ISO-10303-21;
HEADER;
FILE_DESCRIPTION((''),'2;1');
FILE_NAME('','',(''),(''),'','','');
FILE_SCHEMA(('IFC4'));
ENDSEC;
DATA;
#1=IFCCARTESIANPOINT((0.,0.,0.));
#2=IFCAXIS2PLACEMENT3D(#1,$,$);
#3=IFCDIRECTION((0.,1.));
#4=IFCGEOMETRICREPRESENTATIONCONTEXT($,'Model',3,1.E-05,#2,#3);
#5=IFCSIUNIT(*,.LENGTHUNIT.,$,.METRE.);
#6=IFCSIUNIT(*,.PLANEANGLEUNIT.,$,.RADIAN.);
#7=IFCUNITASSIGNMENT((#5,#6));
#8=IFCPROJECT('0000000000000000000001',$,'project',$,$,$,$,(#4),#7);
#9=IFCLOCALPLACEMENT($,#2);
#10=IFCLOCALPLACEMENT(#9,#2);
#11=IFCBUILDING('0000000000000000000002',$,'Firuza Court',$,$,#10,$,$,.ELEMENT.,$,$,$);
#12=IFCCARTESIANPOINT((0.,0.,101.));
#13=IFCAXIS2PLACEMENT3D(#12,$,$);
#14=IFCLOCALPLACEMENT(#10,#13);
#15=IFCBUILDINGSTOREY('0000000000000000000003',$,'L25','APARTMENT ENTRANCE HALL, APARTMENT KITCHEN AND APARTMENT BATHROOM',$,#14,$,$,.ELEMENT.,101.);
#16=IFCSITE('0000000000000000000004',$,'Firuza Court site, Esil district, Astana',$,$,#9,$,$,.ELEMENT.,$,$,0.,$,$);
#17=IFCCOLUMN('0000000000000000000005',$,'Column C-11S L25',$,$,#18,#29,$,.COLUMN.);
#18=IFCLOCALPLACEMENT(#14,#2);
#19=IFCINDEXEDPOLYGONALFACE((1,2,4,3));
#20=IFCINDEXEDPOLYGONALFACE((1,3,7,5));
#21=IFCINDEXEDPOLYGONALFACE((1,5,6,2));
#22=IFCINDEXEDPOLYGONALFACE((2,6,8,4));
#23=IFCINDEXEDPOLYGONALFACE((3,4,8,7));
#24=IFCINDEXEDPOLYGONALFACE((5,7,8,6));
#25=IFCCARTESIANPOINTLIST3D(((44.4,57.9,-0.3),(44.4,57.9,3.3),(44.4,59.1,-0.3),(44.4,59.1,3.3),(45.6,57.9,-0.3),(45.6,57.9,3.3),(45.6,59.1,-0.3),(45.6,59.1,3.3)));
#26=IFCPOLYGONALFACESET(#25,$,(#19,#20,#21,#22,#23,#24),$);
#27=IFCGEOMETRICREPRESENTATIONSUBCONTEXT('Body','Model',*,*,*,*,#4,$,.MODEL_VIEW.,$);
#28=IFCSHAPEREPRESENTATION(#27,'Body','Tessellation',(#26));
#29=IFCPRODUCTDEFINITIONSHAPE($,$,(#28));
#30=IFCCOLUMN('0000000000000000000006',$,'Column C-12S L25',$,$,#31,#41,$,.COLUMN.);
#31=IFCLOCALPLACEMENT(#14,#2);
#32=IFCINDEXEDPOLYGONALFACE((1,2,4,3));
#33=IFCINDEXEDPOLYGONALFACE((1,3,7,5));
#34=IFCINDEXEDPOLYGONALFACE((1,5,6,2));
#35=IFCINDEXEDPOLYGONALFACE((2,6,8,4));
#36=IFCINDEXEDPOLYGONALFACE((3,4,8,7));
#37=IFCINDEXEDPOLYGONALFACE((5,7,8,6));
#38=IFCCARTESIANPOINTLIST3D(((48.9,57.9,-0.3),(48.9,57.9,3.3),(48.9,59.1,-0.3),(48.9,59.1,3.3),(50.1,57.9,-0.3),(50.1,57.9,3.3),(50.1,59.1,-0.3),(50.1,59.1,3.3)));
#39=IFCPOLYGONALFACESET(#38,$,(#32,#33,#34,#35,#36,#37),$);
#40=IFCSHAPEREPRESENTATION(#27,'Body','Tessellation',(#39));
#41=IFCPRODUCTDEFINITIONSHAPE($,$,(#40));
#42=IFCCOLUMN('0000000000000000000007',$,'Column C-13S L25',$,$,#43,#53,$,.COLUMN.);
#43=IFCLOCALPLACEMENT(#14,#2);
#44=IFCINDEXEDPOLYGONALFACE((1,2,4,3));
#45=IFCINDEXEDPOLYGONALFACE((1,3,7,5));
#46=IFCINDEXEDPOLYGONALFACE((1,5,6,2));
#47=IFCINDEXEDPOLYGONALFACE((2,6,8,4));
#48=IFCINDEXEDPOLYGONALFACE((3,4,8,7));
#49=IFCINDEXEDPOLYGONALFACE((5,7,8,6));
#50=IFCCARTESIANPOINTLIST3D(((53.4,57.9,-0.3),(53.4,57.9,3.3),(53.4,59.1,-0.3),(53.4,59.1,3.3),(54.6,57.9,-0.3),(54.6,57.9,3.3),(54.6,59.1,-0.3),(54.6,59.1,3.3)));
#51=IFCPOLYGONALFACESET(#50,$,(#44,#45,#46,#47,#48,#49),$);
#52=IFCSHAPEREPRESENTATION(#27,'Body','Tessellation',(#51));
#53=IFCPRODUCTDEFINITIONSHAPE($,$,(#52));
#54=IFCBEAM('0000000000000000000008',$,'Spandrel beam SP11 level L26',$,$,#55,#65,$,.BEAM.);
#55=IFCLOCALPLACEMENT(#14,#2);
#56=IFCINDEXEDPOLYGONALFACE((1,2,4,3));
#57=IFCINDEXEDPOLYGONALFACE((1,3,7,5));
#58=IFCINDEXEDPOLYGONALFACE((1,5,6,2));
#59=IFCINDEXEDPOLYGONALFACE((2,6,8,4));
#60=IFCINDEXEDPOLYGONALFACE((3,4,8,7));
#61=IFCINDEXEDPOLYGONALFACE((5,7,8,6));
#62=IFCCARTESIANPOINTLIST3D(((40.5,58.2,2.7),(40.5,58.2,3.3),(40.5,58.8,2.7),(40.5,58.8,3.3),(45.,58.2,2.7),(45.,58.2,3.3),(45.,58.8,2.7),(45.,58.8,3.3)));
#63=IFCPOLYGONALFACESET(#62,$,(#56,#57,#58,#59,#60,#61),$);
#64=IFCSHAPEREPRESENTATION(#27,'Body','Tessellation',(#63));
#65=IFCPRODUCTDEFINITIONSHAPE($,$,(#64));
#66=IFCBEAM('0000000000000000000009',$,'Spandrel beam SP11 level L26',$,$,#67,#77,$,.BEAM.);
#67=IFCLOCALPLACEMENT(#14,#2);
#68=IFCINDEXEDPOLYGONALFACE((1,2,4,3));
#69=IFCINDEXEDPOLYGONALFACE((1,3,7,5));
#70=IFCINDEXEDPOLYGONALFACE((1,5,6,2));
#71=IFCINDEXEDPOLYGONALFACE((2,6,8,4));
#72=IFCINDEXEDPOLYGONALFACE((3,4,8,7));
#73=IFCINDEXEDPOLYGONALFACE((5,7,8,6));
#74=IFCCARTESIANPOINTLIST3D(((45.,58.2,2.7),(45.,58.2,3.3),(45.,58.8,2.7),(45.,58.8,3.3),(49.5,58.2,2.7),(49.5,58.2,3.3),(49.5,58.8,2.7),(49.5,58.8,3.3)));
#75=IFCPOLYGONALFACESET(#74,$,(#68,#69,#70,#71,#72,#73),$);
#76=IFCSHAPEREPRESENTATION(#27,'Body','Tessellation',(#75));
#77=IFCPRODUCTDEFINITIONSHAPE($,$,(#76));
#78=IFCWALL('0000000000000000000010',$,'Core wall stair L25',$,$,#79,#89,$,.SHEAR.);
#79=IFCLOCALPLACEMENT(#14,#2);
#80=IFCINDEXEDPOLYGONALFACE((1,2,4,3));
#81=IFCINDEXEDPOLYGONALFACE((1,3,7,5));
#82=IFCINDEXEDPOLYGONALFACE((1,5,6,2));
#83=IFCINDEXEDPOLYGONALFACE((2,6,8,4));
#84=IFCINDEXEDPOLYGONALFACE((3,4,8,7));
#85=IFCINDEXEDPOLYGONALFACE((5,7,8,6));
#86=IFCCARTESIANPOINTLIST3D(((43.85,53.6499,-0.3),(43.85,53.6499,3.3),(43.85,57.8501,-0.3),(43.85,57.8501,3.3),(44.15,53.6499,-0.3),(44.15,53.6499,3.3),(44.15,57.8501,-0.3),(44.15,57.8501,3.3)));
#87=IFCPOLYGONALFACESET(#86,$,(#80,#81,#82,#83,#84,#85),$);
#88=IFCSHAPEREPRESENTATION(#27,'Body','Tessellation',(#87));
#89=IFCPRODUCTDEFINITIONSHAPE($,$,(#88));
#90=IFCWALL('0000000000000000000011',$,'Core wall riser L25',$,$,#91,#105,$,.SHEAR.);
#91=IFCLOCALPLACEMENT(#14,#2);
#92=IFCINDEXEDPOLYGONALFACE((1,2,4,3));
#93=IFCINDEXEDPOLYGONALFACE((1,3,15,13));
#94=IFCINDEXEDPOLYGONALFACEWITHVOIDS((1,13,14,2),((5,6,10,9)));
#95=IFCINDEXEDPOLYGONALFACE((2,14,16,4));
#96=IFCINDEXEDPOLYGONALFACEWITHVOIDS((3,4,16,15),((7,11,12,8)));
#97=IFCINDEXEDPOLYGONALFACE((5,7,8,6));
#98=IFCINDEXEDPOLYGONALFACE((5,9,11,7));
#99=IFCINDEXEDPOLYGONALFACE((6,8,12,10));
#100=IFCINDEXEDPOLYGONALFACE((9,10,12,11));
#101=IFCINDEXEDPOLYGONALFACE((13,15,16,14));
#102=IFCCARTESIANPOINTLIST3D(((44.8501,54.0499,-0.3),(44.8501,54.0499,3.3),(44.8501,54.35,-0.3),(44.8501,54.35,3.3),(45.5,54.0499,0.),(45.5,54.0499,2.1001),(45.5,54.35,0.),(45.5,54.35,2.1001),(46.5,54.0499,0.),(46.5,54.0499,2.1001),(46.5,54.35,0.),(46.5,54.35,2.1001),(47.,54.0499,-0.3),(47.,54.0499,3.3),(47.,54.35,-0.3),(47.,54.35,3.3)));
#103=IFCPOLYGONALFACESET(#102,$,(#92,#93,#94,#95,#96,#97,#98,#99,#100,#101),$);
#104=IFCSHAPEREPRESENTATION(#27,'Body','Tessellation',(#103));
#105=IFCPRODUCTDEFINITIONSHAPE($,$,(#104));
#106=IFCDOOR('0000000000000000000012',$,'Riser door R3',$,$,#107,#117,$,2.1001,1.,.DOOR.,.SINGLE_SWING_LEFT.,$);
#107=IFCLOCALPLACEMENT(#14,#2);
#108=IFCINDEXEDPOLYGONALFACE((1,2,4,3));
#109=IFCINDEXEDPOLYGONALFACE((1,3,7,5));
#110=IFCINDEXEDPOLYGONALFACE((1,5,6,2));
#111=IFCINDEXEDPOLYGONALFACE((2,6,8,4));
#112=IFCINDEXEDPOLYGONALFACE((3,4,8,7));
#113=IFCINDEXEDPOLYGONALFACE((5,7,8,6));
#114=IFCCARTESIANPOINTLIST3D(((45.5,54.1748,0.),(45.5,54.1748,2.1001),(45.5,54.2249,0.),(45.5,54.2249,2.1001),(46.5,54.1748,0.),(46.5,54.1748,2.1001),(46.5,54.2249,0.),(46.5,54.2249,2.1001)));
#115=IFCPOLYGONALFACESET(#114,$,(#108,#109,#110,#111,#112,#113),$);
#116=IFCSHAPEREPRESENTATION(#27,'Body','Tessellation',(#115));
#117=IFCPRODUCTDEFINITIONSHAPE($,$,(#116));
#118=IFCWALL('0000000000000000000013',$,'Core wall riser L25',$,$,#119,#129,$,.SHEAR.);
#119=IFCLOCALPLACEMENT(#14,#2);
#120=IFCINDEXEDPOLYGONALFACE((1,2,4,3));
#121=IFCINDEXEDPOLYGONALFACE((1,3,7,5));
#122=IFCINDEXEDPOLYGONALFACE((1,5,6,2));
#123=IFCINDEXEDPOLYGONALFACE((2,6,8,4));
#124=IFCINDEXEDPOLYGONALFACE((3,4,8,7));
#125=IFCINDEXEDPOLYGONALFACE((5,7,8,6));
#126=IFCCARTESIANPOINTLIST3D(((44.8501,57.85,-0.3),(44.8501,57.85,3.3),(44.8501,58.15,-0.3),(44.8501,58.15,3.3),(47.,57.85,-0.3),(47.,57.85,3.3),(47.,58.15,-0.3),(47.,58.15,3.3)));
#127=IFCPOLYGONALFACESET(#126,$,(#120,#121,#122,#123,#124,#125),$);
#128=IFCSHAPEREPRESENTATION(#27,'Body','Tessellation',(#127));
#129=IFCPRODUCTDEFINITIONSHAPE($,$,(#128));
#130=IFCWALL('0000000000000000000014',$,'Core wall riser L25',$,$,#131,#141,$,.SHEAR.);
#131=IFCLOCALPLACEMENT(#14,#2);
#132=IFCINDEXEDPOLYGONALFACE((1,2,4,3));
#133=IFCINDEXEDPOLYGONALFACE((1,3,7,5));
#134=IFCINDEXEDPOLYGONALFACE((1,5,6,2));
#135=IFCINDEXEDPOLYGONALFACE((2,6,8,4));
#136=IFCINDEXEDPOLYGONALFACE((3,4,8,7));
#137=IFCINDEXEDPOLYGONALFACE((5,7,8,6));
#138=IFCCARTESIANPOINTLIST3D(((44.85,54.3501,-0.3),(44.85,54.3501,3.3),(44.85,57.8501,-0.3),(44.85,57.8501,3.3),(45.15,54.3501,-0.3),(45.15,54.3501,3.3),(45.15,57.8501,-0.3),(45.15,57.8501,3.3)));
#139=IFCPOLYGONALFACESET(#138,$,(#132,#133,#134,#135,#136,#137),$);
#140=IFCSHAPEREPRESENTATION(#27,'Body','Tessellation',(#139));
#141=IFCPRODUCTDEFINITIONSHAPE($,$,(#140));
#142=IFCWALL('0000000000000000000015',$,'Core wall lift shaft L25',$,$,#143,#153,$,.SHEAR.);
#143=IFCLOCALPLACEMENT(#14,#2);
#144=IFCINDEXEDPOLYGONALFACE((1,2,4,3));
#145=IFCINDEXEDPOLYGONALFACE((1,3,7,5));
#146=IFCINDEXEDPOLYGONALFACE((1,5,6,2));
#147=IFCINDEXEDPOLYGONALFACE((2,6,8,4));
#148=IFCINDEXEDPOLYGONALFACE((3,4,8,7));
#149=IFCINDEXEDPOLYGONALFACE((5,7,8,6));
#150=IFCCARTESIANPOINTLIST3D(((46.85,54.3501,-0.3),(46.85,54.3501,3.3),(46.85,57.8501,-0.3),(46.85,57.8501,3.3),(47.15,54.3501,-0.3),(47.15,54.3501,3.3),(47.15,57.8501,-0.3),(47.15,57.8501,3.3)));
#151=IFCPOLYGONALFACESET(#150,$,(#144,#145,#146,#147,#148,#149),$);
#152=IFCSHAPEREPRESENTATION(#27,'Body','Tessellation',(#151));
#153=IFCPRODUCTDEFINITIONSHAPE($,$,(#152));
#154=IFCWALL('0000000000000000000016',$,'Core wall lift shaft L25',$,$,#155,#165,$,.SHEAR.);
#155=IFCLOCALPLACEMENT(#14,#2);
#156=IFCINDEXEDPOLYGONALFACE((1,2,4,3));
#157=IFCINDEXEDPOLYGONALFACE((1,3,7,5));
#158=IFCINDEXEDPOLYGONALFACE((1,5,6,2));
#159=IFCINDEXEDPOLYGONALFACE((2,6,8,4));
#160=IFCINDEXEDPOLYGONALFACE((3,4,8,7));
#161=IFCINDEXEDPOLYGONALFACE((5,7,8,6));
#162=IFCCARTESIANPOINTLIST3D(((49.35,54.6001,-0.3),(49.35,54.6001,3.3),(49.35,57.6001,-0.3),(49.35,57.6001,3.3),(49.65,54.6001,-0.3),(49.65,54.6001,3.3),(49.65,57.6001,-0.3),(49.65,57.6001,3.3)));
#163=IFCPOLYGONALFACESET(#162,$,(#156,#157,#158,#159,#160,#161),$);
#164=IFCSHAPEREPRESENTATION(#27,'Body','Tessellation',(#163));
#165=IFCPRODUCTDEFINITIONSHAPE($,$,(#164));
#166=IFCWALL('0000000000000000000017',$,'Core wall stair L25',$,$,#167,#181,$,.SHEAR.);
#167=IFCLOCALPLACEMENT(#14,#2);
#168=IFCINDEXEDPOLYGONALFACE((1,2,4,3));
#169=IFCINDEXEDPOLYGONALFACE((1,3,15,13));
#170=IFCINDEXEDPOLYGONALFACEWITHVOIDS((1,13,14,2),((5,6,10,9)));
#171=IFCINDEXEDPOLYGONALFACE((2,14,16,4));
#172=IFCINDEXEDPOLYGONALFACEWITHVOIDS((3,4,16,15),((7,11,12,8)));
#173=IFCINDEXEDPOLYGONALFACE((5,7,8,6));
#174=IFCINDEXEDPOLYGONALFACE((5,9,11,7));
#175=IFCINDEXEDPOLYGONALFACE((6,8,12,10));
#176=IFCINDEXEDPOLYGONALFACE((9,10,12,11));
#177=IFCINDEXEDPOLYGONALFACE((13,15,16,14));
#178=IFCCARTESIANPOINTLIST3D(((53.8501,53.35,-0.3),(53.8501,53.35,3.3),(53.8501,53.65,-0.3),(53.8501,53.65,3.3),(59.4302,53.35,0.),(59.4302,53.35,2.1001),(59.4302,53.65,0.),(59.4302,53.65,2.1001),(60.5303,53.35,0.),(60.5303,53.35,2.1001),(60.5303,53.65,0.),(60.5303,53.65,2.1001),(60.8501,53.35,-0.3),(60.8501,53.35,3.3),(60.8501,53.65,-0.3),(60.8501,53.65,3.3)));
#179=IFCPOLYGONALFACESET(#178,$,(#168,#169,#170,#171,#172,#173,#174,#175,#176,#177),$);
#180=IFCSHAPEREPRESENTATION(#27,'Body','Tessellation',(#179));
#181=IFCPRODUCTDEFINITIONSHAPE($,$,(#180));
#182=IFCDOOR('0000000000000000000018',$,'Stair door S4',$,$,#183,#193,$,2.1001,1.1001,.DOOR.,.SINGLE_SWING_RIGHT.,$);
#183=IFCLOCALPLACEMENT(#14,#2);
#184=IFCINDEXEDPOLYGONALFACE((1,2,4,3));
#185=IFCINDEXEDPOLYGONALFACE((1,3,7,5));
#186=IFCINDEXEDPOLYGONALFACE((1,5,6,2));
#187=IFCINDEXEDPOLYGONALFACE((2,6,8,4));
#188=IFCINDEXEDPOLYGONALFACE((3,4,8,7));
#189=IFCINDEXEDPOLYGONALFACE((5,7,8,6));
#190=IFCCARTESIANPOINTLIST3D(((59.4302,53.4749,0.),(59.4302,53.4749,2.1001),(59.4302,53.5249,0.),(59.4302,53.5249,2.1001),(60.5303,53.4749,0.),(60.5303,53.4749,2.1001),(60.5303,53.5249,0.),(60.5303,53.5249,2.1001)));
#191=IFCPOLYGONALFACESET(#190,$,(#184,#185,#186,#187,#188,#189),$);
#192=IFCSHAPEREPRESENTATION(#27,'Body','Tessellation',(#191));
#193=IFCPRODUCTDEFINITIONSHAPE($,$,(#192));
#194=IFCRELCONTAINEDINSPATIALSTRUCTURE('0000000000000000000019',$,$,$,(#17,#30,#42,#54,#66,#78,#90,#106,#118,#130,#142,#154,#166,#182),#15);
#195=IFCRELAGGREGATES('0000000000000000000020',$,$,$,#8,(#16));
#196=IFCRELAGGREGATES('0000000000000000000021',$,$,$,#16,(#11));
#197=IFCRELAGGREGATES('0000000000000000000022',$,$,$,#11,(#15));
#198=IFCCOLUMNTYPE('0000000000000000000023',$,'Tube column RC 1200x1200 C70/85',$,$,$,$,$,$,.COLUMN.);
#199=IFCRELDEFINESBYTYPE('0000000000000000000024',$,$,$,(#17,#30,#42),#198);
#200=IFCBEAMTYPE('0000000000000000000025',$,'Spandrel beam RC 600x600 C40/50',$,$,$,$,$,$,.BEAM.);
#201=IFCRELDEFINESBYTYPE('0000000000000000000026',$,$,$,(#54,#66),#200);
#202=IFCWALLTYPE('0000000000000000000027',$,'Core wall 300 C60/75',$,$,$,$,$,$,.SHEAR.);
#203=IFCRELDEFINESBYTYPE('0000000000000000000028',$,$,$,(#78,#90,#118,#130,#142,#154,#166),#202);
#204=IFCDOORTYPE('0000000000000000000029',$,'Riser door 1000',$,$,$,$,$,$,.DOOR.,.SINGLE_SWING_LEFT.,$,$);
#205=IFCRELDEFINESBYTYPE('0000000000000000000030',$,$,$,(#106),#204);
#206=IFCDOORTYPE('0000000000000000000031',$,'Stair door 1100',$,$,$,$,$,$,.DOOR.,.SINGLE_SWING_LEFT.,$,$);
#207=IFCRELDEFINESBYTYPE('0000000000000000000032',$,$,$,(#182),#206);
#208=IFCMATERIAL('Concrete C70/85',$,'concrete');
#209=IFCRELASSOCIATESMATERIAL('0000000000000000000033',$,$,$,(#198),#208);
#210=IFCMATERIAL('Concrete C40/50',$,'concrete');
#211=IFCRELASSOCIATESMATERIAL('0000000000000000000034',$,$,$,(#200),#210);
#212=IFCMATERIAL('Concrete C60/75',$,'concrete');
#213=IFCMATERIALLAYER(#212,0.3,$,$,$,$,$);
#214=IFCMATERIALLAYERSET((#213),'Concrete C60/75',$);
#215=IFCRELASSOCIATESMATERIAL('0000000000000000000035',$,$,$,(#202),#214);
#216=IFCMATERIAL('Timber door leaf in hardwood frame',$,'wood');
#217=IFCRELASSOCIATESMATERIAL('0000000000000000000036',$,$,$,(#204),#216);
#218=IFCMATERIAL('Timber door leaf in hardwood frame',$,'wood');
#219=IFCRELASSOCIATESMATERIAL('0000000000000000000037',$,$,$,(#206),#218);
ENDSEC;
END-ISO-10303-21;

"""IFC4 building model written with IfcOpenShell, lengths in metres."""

from ifc_helpers import new_model, si_unit, direction, frame, frame_2d, origin, origin_2d, place, context, subcontext, project, spatial, rectangle, extrude, material, layer, layer_set, material_profile, profile_set, type_object, element, fill, save


model = new_model("IFC4")

# Units and contexts
model_context = context("Model", 3, precision=1e-05, world=origin(), true_north=direction((0.0, 1.0)))
body_context = subcontext(model_context, "Body", "Model", "MODEL_VIEW")
ifc_project = project(units=[si_unit("LENGTHUNIT", "METRE"), si_unit("PLANEANGLEUNIT", "RADIAN")], contexts=[model_context])

# Site, building, storey
site_placement = place(None, origin())
site = spatial("IfcSite", under=ifc_project, at=site_placement, Name="Firuza Court site, Esil district, Astana", CompositionType="ELEMENT", RefElevation=0.0)
building_placement = place(site_placement, origin())
building = spatial("IfcBuilding", under=site, at=building_placement, Name="Firuza Court", CompositionType="ELEMENT")
storey_placement = place(building_placement, frame((0.0, 0.0, 101.0)))
storey = spatial("IfcBuildingStorey", under=building, at=storey_placement, Name="L25", Description="APARTMENT ENTRANCE HALL, APARTMENT KITCHEN AND APARTMENT BATHROOM", CompositionType="ELEMENT", Elevation=101.0)

# Columns
ifc_material_1 = material(Name="Concrete C70/85", Category="concrete")
ifc_material_profile_1 = material_profile(ifc_material_1, rectangle(XDim=1.2, YDim=1.2, at=origin_2d()), Name="RC 1200x1200")
ifc_profile_set_1 = profile_set([ifc_material_profile_1], Name="Concrete C70/85")
column_type = type_object("IfcColumnType", Name="Tube column RC 1200x1200 C70/85", PredefinedType="COLUMN", material=ifc_profile_set_1)
for number, where, z_axis, x_axis, name in (
    (1, (45.0, 58.5, -0.3), (0.0, 0.0, 1.0), (1.0, 0.0, 0.0), "Column C-11S L25"),
    (2, (49.5, 58.5, -0.3), (0.0, 0.0, 1.0), (1.0, 0.0, 0.0), "Column C-12S L25"),
    (3, (54.0, 58.5, -0.3), (0.0, 0.0, 1.0), (1.0, 0.0, 0.0), "Column C-13S L25"),
):
    element("IfcColumn", number, at=place(storey_placement, frame(where, z_axis=z_axis, x_axis=x_axis)), inside=storey, type_object=column_type, Name=name, PredefinedType="COLUMN", context=body_context, shape_type="SweptSolid", body=[
        extrude(rectangle(XDim=1.2, YDim=1.2, at=origin_2d()), origin(), (0.0, 0.0, 1.0), 3.6001),
    ])

# Beams
ifc_material_2 = material(Name="Concrete C40/50", Category="concrete")
ifc_material_profile_2 = material_profile(ifc_material_2, rectangle(XDim=0.6001, YDim=0.6001, at=origin_2d()), Name="RC 600x600")
ifc_profile_set_2 = profile_set([ifc_material_profile_2], Name="Concrete C40/50")
beam_type = type_object("IfcBeamType", Name="Spandrel beam RC 600x600 C40/50", PredefinedType="BEAM", material=ifc_profile_set_2)
for number, where, z_axis, x_axis, name in (
    (4, (45.0, 58.5, 3.0), (-1.0, 0.0, 0.0), (0.0, -1.0, 0.0), "Spandrel beam SP11 level L26"),
    (5, (49.5, 58.5, 3.0), (-1.0, 0.0, 0.0), (0.0, -1.0, 0.0), "Spandrel beam SP11 level L26"),
):
    element("IfcBeam", number, at=place(storey_placement, frame(where, z_axis=z_axis, x_axis=x_axis)), inside=storey, type_object=beam_type, Name=name, PredefinedType="BEAM", context=body_context, shape_type="SweptSolid", body=[
        extrude(rectangle(XDim=0.6001, YDim=0.6001, at=origin_2d()), origin(), (0.0, 0.0, 1.0), 4.5),
    ])

# Wall
ifc_material_3 = material(Name="Concrete C60/75", Category="concrete")
ifc_layer_1 = layer(ifc_material_3, 0.3)
ifc_layer_set_1 = layer_set([ifc_layer_1], Name="Concrete C60/75")
wall_type_1 = type_object("IfcWallType", Name="Core wall 300 C60/75", PredefinedType="SHEAR", material=ifc_layer_set_1)
wall_1_placement = place(storey_placement, frame((44.0, 53.6499, -0.3), z_axis=(0.0, 0.0, 1.0), x_axis=(0.0, 1.0, 0.0)))
element("IfcWall", 6, at=wall_1_placement, inside=storey, type_object=wall_type_1, Name="Core wall stair L25", PredefinedType="SHEAR", context=body_context, shape_type="SweptSolid", body=[
    extrude(rectangle(XDim=4.2002, YDim=0.3, at=frame_2d((2.1001, 0.0))), origin(), (0.0, 0.0, 1.0), 3.6001),
])

# Wall, opening, door
wall_2_placement = place(storey_placement, frame((44.8501, 54.2, -0.3), z_axis=(0.0, 0.0, 1.0), x_axis=(1.0, 0.0, 0.0)))
wall_2 = element("IfcWall", 7, at=wall_2_placement, inside=storey, type_object=wall_type_1, Name="Core wall riser L25", PredefinedType="SHEAR", context=body_context, shape_type="SweptSolid", body=[
    extrude(rectangle(XDim=2.1499, YDim=0.3, at=frame_2d((1.075, 0.0))), origin(), (0.0, 0.0, 1.0), 3.6001),
])
opening_1_placement = place(wall_2_placement, frame((0.6499, 0.0, 0.3)))
opening_1 = element("IfcOpeningElement", 8, at=opening_1_placement, cuts=wall_2, PredefinedType="OPENING", context=body_context, shape_type="SweptSolid", body=[
    extrude(rectangle(XDim=1.0, YDim=2.1001, at=frame_2d((0.5, 1.05))), frame((0.0, 0.1621, 0.0), z_axis=(0.0, -1.0, 0.0), x_axis=(1.0, 0.0, 0.0)), (0.0, 0.0, 1.0), 0.324),
])
ifc_material_4 = material(Name="Timber door leaf in hardwood frame", Category="wood")
door_type_1 = type_object("IfcDoorType", Name="Riser door 1000", OperationType="SINGLE_SWING_LEFT", PredefinedType="DOOR", material=ifc_material_4)
door_1_placement = place(opening_1_placement, origin())
door_1 = element("IfcDoor", 9, at=door_1_placement, inside=storey, type_object=door_type_1, Name="Riser door R3", OperationType="SINGLE_SWING_LEFT", OverallHeight=2.1001, OverallWidth=1.0, PredefinedType="DOOR", context=body_context, shape_type="SweptSolid", body=[
    extrude(rectangle(XDim=1.0, YDim=2.1001, at=frame_2d((0.5, 1.05))), frame((0.0, 0.0249, 0.0), z_axis=(0.0, -1.0, 0.0), x_axis=(1.0, 0.0, 0.0)), (0.0, 0.0, 1.0), 0.05),
])
fill(opening_1, door_1)

# Walls
wall_3_placement = place(storey_placement, frame((44.8501, 58.0, -0.3), z_axis=(0.0, 0.0, 1.0), x_axis=(1.0, 0.0, 0.0)))
element("IfcWall", 10, at=wall_3_placement, inside=storey, type_object=wall_type_1, Name="Core wall riser L25", PredefinedType="SHEAR", context=body_context, shape_type="SweptSolid", body=[
    extrude(rectangle(XDim=2.1499, YDim=0.3, at=frame_2d((1.075, 0.0))), origin(), (0.0, 0.0, 1.0), 3.6001),
])
for number, where, z_axis, x_axis, name in (
    (11, (45.0, 54.3501, -0.3), (0.0, 0.0, 1.0), (0.0, 1.0, 0.0), "Core wall riser L25"),
    (12, (47.0, 54.3501, -0.3), (0.0, 0.0, 1.0), (0.0, 1.0, 0.0), "Core wall lift shaft L25"),
):
    element("IfcWall", number, at=place(storey_placement, frame(where, z_axis=z_axis, x_axis=x_axis)), inside=storey, type_object=wall_type_1, Name=name, PredefinedType="SHEAR", context=body_context, shape_type="SweptSolid", body=[
        extrude(rectangle(XDim=3.5, YDim=0.3, at=frame_2d((1.75, 0.0))), origin(), (0.0, 0.0, 1.0), 3.6001),
    ])
wall_4_placement = place(storey_placement, frame((49.5, 54.6001, -0.3), z_axis=(0.0, 0.0, 1.0), x_axis=(0.0, 1.0, 0.0)))
element("IfcWall", 13, at=wall_4_placement, inside=storey, type_object=wall_type_1, Name="Core wall lift shaft L25", PredefinedType="SHEAR", context=body_context, shape_type="SweptSolid", body=[
    extrude(rectangle(XDim=3.0, YDim=0.3, at=frame_2d((1.5, 0.0))), origin(), (0.0, 0.0, 1.0), 3.6001),
])

# Wall, opening, door
wall_5_placement = place(storey_placement, frame((53.8501, 53.5, -0.3), z_axis=(0.0, 0.0, 1.0), x_axis=(1.0, 0.0, 0.0)))
wall_5 = element("IfcWall", 14, at=wall_5_placement, inside=storey, type_object=wall_type_1, Name="Core wall stair L25", PredefinedType="SHEAR", context=body_context, shape_type="SweptSolid", body=[
    extrude(rectangle(XDim=7.0, YDim=0.3, at=frame_2d((3.5, 0.0))), origin(), (0.0, 0.0, 1.0), 3.6001),
])
opening_2_placement = place(wall_5_placement, frame((5.5801, 0.0, 0.3)))
opening_2 = element("IfcOpeningElement", 15, at=opening_2_placement, cuts=wall_5, PredefinedType="OPENING", context=body_context, shape_type="SweptSolid", body=[
    extrude(rectangle(XDim=1.1001, YDim=2.1001, at=frame_2d((0.55, 1.05))), frame((0.0, 0.1621, 0.0), z_axis=(0.0, -1.0, 0.0), x_axis=(1.0, 0.0, 0.0)), (0.0, 0.0, 1.0), 0.324),
])
ifc_material_5 = material(Name="Timber door leaf in hardwood frame", Category="wood")
door_type_2 = type_object("IfcDoorType", Name="Stair door 1100", OperationType="SINGLE_SWING_LEFT", PredefinedType="DOOR", material=ifc_material_5)
door_2_placement = place(opening_2_placement, origin())
door_2 = element("IfcDoor", 16, at=door_2_placement, inside=storey, type_object=door_type_2, Name="Stair door S4", OperationType="SINGLE_SWING_RIGHT", OverallHeight=2.1001, OverallWidth=1.1001, PredefinedType="DOOR", context=body_context, shape_type="SweptSolid", body=[
    extrude(rectangle(XDim=1.1001, YDim=2.1001, at=frame_2d((0.55, 1.05))), frame((0.0, 0.0249, 0.0), z_axis=(0.0, -1.0, 0.0), x_axis=(1.0, 0.0, 0.0)), (0.0, 0.0, 1.0), 0.05),
])
fill(opening_2, door_2)

save(model, "model.ifc")
